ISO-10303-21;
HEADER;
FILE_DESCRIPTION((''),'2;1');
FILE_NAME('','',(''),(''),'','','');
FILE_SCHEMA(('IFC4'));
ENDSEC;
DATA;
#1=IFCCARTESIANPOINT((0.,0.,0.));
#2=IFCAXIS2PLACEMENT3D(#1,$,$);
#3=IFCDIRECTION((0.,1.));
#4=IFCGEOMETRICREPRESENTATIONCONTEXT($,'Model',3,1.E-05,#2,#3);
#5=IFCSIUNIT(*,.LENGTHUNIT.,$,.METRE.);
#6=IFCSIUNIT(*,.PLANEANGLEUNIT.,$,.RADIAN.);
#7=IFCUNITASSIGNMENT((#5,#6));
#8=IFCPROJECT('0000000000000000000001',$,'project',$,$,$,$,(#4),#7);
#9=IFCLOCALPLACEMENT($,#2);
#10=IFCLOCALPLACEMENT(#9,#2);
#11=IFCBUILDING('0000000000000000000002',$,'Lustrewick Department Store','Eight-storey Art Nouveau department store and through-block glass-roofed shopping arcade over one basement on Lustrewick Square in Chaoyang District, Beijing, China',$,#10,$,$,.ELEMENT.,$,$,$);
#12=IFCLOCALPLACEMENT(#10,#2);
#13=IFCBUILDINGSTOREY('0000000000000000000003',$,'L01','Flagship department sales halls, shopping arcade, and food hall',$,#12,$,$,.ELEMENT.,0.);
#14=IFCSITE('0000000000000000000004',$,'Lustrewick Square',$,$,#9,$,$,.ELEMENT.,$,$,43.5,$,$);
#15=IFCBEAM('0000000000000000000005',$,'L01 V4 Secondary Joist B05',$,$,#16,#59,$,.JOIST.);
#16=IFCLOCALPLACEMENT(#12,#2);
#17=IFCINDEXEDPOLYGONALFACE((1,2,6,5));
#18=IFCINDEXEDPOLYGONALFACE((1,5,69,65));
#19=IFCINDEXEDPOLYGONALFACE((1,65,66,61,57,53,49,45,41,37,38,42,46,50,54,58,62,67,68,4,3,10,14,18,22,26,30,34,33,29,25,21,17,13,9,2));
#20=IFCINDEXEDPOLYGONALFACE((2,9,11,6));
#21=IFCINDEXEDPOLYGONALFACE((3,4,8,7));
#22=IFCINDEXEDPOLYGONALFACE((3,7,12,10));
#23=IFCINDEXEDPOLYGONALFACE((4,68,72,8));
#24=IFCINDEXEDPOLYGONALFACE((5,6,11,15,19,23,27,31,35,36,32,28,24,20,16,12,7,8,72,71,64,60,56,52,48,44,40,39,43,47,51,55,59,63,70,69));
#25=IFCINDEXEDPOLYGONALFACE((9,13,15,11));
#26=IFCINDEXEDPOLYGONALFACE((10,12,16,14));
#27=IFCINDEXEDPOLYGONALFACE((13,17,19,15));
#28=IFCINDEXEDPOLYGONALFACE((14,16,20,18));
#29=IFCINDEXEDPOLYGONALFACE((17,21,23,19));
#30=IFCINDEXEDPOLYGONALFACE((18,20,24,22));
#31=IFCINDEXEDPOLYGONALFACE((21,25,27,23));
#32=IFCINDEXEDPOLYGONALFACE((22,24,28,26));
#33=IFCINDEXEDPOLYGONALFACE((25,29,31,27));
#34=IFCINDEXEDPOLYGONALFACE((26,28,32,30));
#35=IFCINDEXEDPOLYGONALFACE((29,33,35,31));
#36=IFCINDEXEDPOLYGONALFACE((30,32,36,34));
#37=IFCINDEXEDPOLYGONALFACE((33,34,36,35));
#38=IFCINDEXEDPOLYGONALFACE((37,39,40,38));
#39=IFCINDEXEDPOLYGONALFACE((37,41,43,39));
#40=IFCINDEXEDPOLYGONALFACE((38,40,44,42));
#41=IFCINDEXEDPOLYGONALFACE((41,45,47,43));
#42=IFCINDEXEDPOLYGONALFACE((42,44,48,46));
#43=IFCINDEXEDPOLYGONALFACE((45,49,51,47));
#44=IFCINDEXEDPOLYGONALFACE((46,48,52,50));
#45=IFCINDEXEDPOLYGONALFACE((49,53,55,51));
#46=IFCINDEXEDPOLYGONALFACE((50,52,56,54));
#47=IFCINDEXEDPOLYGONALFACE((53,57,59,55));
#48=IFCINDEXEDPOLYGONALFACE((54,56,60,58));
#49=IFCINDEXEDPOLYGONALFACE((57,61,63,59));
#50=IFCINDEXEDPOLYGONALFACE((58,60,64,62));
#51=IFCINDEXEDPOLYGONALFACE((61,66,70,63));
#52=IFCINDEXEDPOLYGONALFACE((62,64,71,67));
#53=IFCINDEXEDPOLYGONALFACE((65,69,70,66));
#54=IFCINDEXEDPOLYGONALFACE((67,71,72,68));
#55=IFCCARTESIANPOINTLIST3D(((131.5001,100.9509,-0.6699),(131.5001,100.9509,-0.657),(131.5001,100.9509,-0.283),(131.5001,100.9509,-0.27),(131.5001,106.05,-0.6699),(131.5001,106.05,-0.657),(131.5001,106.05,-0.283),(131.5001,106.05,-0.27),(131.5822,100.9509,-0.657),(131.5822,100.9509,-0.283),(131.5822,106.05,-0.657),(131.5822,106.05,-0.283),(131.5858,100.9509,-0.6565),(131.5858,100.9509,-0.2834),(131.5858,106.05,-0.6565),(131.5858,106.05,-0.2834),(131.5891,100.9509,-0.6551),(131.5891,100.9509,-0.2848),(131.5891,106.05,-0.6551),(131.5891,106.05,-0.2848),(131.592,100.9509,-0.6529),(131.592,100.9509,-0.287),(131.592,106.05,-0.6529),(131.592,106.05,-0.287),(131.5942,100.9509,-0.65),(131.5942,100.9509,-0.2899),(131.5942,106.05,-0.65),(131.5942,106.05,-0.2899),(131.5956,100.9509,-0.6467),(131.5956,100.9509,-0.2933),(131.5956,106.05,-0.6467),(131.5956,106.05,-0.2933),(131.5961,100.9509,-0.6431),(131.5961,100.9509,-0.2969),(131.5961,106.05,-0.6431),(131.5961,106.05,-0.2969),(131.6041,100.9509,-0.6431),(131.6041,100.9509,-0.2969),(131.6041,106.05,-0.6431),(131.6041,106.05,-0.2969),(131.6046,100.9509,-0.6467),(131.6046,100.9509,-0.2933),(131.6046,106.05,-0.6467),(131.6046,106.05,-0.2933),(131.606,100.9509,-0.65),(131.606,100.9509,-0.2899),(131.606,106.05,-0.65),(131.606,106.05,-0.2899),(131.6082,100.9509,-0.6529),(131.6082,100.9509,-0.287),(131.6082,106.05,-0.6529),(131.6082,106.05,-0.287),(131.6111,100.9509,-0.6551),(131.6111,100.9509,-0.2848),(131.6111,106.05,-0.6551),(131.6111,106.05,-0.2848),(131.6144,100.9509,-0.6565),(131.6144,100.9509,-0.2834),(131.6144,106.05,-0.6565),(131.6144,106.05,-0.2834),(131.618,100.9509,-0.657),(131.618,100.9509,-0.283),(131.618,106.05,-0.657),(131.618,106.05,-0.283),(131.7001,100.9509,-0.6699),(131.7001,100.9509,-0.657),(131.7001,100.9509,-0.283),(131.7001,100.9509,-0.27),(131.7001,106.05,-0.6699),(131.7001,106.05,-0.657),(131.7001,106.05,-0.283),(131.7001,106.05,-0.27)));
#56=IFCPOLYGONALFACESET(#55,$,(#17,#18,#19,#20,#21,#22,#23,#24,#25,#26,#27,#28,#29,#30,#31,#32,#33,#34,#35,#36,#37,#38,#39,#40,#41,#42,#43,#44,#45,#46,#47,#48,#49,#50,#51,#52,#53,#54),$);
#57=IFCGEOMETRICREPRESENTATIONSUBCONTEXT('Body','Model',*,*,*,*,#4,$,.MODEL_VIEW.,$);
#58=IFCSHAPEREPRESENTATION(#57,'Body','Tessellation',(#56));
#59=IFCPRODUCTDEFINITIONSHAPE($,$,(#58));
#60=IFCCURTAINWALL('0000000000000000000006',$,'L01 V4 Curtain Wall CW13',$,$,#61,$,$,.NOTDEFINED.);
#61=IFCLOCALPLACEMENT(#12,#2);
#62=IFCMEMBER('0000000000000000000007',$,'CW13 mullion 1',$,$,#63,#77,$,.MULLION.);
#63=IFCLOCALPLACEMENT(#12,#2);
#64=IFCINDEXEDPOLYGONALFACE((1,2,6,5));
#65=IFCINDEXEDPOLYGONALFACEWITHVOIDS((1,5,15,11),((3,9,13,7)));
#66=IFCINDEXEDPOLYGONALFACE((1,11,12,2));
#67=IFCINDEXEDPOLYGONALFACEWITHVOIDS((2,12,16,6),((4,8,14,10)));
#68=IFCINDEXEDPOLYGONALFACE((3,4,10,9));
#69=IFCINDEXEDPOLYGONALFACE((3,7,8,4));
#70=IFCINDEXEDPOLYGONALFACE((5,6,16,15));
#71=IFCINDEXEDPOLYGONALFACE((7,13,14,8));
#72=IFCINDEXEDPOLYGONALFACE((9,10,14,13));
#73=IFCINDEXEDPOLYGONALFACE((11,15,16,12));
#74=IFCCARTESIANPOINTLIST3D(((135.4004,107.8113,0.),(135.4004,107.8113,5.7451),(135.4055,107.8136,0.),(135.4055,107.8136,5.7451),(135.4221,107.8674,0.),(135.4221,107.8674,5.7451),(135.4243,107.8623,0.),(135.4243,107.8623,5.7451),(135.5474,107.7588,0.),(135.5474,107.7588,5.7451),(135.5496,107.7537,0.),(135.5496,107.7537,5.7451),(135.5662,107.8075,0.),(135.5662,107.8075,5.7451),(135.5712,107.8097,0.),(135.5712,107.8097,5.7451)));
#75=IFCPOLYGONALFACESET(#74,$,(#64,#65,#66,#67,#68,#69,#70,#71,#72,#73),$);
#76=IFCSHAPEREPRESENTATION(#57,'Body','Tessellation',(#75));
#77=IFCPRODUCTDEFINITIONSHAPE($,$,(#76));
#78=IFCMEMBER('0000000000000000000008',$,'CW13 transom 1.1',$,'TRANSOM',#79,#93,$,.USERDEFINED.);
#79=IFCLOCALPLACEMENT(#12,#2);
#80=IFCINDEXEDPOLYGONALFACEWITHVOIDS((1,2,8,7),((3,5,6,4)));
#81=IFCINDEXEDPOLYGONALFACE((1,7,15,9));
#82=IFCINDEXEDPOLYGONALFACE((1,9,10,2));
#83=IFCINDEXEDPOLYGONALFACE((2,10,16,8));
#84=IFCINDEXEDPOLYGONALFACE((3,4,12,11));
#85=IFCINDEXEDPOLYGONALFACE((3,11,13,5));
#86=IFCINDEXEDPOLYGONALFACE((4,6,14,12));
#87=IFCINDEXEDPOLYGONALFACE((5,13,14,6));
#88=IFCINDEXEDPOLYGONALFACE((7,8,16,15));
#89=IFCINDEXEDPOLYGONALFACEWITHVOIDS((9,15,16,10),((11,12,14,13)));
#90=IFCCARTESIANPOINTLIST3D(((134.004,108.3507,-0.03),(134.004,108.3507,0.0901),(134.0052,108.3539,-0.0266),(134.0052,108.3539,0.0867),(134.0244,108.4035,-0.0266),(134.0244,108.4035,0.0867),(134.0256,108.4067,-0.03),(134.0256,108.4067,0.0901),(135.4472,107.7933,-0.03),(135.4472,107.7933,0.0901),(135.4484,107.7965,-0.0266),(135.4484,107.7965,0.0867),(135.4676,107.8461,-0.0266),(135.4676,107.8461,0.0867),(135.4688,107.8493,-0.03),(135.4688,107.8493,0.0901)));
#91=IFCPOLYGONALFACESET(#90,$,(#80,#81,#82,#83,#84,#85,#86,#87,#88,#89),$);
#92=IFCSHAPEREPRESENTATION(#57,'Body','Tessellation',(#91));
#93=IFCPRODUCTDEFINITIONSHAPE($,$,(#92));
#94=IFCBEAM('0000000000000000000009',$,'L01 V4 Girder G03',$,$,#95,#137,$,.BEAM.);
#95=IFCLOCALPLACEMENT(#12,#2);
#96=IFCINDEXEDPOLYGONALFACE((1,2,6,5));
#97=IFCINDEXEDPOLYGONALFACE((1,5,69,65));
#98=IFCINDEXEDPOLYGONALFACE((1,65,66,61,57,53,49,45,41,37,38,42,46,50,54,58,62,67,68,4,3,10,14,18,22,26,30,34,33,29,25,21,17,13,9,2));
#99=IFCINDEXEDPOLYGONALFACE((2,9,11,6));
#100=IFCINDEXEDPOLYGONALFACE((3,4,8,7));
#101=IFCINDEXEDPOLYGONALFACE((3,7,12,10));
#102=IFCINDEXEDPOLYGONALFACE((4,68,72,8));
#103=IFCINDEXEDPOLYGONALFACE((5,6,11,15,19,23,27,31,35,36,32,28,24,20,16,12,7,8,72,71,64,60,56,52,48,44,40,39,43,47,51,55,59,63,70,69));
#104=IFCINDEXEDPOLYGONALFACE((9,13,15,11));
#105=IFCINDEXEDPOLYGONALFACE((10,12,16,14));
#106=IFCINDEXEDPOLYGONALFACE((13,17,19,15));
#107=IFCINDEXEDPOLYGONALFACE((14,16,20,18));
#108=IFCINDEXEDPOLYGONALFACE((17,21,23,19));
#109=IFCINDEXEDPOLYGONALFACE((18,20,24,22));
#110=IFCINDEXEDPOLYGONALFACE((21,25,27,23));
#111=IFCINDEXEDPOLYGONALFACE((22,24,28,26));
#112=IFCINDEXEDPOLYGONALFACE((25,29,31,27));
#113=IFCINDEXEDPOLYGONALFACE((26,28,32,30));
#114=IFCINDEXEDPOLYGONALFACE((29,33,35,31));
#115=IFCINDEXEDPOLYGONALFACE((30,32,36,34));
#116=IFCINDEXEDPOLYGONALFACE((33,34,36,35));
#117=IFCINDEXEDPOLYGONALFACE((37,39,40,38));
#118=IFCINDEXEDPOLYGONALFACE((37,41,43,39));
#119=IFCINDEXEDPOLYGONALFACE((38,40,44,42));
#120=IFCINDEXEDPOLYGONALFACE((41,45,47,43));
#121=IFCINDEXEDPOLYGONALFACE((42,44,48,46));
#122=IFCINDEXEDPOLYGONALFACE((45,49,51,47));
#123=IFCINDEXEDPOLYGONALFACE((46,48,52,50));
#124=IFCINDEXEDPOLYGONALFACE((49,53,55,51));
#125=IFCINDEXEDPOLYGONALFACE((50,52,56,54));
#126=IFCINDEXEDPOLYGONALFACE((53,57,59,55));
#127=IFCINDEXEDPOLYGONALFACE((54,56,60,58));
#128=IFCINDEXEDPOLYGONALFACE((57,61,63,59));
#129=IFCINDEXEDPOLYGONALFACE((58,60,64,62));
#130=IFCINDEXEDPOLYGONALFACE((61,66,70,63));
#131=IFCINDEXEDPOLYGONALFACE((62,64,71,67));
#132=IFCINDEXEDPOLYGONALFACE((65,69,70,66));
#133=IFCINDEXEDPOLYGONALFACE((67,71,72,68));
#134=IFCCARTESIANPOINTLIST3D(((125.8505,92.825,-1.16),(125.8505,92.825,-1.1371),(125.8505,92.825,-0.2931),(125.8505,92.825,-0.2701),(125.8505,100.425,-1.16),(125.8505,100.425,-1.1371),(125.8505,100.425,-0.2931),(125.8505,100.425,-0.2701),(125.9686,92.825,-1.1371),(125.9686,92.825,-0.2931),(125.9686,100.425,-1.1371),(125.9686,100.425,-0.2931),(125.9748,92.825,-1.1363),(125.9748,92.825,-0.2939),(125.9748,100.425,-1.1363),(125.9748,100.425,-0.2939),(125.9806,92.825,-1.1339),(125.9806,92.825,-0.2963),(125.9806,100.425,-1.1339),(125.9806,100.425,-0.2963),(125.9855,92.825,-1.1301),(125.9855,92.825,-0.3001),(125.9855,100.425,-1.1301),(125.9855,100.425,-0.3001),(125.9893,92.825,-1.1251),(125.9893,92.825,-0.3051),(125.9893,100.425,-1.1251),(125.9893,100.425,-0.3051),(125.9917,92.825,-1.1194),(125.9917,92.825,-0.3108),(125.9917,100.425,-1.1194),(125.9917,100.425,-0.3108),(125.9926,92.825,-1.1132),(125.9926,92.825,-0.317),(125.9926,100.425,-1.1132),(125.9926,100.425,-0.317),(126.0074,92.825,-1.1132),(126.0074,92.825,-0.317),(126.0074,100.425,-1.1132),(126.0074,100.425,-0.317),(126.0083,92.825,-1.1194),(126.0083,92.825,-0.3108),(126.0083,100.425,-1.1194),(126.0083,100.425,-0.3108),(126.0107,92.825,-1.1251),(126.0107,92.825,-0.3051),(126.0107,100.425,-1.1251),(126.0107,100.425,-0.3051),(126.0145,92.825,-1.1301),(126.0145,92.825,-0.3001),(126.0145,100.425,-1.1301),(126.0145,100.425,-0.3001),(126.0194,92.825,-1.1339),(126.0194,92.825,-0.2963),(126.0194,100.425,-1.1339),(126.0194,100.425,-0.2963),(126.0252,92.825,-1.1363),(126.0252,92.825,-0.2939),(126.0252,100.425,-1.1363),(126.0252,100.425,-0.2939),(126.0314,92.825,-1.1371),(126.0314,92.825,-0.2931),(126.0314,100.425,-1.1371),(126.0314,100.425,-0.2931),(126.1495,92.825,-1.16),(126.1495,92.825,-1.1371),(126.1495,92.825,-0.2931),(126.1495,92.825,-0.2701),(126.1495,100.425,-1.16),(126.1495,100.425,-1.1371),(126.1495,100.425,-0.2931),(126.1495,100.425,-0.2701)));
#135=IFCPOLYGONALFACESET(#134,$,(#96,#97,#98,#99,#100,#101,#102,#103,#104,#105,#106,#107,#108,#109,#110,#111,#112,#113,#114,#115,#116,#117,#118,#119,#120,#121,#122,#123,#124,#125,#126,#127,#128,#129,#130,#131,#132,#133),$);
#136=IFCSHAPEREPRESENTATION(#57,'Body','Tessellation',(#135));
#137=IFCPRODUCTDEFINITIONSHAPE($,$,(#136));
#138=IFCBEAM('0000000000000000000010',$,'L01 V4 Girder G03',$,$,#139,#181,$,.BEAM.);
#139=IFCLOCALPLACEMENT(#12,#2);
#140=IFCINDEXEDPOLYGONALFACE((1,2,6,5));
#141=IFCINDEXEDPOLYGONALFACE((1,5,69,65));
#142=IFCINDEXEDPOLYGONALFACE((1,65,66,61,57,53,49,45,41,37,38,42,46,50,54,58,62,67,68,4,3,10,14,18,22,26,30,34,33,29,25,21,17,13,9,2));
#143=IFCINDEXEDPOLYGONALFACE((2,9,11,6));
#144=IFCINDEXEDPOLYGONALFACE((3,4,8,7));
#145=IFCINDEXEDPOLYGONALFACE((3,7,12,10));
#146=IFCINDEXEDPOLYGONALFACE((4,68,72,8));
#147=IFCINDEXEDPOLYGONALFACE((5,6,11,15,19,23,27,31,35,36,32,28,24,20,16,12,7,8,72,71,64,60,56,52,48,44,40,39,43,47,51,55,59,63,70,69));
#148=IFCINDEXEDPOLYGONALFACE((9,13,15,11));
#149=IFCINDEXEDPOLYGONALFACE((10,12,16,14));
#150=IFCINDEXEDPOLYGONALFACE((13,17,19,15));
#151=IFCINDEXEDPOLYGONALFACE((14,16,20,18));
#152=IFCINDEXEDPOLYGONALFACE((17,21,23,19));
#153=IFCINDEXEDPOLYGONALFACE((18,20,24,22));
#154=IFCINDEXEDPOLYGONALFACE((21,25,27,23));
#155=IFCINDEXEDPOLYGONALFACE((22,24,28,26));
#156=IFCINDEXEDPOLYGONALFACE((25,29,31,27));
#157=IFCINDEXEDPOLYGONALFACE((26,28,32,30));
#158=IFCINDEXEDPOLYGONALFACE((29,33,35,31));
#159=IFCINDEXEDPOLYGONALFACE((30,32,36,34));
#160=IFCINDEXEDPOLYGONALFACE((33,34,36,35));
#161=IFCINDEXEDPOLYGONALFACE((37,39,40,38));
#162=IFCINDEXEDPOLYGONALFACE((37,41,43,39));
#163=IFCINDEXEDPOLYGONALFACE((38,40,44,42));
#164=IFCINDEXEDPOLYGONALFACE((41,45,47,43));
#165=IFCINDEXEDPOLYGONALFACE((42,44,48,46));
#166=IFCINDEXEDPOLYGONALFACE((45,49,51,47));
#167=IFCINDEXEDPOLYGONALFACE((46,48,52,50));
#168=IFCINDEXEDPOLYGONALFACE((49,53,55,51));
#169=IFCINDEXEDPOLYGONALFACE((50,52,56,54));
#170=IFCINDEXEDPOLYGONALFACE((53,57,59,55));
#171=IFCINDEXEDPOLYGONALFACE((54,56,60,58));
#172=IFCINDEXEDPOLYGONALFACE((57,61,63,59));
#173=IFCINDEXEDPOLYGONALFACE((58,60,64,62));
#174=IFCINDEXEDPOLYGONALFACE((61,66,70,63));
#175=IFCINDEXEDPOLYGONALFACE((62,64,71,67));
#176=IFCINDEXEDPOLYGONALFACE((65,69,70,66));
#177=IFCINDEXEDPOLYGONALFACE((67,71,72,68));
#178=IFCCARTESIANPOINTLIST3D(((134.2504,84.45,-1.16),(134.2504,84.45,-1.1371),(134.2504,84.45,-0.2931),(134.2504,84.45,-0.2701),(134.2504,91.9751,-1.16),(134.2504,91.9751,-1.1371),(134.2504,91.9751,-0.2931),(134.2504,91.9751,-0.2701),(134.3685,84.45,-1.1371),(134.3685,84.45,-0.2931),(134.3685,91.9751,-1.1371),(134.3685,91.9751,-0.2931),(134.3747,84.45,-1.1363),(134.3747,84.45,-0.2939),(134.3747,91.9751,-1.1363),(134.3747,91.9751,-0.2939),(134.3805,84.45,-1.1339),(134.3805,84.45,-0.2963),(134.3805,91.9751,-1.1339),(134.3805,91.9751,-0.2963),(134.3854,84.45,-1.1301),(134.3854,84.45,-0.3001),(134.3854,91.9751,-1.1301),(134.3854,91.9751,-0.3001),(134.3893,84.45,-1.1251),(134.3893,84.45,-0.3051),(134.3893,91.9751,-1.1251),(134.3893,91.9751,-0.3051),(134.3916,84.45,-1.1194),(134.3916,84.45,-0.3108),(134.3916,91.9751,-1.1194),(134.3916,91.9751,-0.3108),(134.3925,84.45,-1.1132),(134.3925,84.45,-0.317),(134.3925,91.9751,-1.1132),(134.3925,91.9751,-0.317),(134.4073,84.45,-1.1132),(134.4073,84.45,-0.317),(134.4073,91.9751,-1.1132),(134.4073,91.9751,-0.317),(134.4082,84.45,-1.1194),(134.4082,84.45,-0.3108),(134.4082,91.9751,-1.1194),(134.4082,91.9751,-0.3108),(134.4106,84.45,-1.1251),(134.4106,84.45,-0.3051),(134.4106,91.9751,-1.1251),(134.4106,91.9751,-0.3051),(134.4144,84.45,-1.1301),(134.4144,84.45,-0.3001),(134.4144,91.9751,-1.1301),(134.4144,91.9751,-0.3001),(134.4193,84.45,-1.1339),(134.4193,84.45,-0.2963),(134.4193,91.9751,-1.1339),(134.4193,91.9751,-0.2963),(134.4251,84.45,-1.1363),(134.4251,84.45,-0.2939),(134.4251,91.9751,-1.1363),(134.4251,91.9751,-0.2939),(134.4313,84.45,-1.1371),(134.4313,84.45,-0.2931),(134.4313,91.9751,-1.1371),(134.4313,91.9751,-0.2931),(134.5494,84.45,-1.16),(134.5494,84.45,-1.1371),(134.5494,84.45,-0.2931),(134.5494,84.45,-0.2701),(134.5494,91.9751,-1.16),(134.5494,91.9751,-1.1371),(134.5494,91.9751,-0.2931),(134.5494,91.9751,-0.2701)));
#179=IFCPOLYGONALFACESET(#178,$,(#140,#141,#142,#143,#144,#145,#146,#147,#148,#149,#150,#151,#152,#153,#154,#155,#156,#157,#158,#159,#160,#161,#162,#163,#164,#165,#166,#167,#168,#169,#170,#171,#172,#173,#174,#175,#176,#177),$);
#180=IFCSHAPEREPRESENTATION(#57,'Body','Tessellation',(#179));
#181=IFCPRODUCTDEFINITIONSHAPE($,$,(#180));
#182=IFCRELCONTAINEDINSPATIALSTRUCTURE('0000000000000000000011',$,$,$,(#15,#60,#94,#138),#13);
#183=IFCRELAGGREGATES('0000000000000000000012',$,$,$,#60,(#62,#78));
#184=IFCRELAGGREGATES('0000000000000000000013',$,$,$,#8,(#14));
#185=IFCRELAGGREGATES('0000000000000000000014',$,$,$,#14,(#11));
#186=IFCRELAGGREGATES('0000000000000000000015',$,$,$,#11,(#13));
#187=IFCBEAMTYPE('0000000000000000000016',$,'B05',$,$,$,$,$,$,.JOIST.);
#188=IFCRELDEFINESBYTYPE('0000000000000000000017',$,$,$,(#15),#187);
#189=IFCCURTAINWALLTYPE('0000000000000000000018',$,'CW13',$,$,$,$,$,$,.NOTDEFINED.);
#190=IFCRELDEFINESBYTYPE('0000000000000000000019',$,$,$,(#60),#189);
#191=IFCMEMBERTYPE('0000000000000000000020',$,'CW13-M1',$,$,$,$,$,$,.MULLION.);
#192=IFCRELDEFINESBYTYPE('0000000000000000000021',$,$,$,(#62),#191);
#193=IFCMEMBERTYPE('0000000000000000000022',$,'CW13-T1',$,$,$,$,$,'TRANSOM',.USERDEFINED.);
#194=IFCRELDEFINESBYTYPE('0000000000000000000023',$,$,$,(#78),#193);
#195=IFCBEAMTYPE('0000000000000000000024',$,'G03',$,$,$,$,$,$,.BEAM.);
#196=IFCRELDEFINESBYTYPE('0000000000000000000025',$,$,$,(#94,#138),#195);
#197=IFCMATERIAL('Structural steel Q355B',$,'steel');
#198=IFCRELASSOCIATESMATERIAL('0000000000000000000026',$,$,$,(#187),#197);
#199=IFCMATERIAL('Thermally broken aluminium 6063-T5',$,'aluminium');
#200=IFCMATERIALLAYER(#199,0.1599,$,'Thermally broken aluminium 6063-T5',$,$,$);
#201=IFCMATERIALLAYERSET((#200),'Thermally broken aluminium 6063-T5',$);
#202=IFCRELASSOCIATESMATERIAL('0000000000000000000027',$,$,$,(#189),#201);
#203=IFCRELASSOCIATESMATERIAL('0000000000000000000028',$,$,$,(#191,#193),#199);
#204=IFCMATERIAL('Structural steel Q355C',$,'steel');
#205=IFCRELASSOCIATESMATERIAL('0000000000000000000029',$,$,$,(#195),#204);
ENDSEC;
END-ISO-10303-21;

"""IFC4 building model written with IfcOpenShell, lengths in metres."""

from ifc_helpers import new_model, si_unit, direction, frame, origin, origin_2d, place, context, subcontext, project, spatial, hollow_rectangle, i_section, extrude, material, layer, layer_set, material_profile, profile_set, type_object, element, aggregate, save


model = new_model("IFC4")

# Units and contexts
model_context = context("Model", 3, precision=1e-05, world=origin(), true_north=direction((0.0, 1.0)))
body_context = subcontext(model_context, "Body", "Model", "MODEL_VIEW")
ifc_project = project(units=[si_unit("LENGTHUNIT", "METRE"), si_unit("PLANEANGLEUNIT", "RADIAN")], contexts=[model_context])

# Site, building, storey
site_placement = place(None, origin())
site = spatial("IfcSite", under=ifc_project, at=site_placement, Name="Lustrewick Square", CompositionType="ELEMENT", RefElevation=43.5)
building_placement = place(site_placement, origin())
building = spatial("IfcBuilding", under=site, at=building_placement, Name="Lustrewick Department Store", Description="Eight-storey Art Nouveau department store and through-block glass-roofed shopping arcade over one basement on Lustrewick Square in Chaoyang District, Beijing, China", CompositionType="ELEMENT")
storey_placement = place(building_placement, origin())
storey = spatial("IfcBuildingStorey", under=building, at=storey_placement, Name="L01", Description="Flagship department sales halls, shopping arcade, and food hall", CompositionType="ELEMENT", Elevation=0.0)

# Shared definitions
ifc_material_1 = material(Name="Structural steel Q355C", Category="steel")
ifc_material_2 = material(Name="Structural steel Q355B", Category="steel")

# Beam
ifc_material_profile_1 = material_profile(ifc_material_2, i_section(OverallWidth=0.2, OverallDepth=0.3999, WebThickness=0.0081, FlangeThickness=0.0129, FilletRadius=0.0139, at=origin_2d()), Name="HN 400x200x8x13")
ifc_profile_set_1 = profile_set([ifc_material_profile_1], Name="Structural steel Q355B")
beam_type_1 = type_object("IfcBeamType", Name="B05", PredefinedType="JOIST", material=ifc_profile_set_1)
beam_1_placement = place(storey_placement, frame((131.6001, 100.9509, -0.47), z_axis=(0.0, 1.0, 0.0), x_axis=(-1.0, 0.0, 0.0)))
element("IfcBeam", 1, at=beam_1_placement, inside=storey, type_object=beam_type_1, Name="L01 V4 Secondary Joist B05", PredefinedType="JOIST", context=body_context, shape_type="SweptSolid", body=[
    extrude(i_section(OverallWidth=0.2, OverallDepth=0.3999, WebThickness=0.0081, FlangeThickness=0.0129, FilletRadius=0.0139, at=origin_2d()), origin(), (0.0, 0.0, 1.0), 5.0991),
])

# Curtain wall, members
ifc_material_3 = material(Name="Thermally broken aluminium 6063-T5", Category="aluminium")
ifc_layer_1 = layer(ifc_material_3, 0.1599, Name="Thermally broken aluminium 6063-T5")
ifc_layer_set_1 = layer_set([ifc_layer_1], Name="Thermally broken aluminium 6063-T5")
curtain_wall_type = type_object("IfcCurtainWallType", Name="CW13", PredefinedType="NOTDEFINED", material=ifc_layer_set_1)
curtain_wall_placement = place(storey_placement, origin())
curtain_wall = element("IfcCurtainWall", 2, at=curtain_wall_placement, inside=storey, type_object=curtain_wall_type, Name="L01 V4 Curtain Wall CW13", PredefinedType="NOTDEFINED")
ifc_material_profile_2 = material_profile(ifc_material_3, hollow_rectangle(XDim=0.0601, YDim=0.1599, WallThickness=0.0039, at=origin_2d()), Name="ALU-M 60x160x4")
ifc_profile_set_2 = profile_set([ifc_material_profile_2], Name="Thermally broken aluminium 6063-T5")
member_type_1 = type_object("IfcMemberType", Name="CW13-M1", PredefinedType="MULLION", material=ifc_profile_set_2)
member_1_placement = place(storey_placement, frame((135.4858, 107.8105, 0.0), z_axis=(0.0, 0.0, 1.0), x_axis=(-0.36037, -0.93281, 0.0)))
member_1 = element("IfcMember", 3, at=member_1_placement, type_object=member_type_1, Name="CW13 mullion 1", PredefinedType="MULLION", context=body_context, shape_type="SweptSolid", body=[
    extrude(hollow_rectangle(XDim=0.0601, YDim=0.1599, WallThickness=0.0039, at=origin_2d()), origin(), (0.0, 0.0, 1.0), 5.7451),
])
ifc_material_profile_3 = material_profile(ifc_material_3, hollow_rectangle(XDim=0.0601, YDim=0.1201, WallThickness=0.0034, at=origin_2d()), Name="ALU-T 60x120x3.5")
ifc_profile_set_3 = profile_set([ifc_material_profile_3], Name="Thermally broken aluminium 6063-T5")
member_type_2 = type_object("IfcMemberType", Name="CW13-T1", ElementType="TRANSOM", PredefinedType="USERDEFINED", material=ifc_profile_set_3)
member_2_placement = place(storey_placement, frame((135.458, 107.8213, 0.03), z_axis=(-0.93284, 0.36029, 0.0), x_axis=(-0.36029, -0.93284, 0.0)))
member_2 = element("IfcMember", 4, at=member_2_placement, type_object=member_type_2, Name="CW13 transom 1.1", ObjectType="TRANSOM", PredefinedType="USERDEFINED", context=body_context, shape_type="SweptSolid", body=[
    extrude(hollow_rectangle(XDim=0.0601, YDim=0.1201, WallThickness=0.0034, at=origin_2d()), origin(), (0.0, 0.0, 1.0), 1.5471),
])
aggregate(curtain_wall, [member_1, member_2])

# Beams
ifc_material_profile_4 = material_profile(ifc_material_1, i_section(OverallWidth=0.2991, OverallDepth=0.8899, WebThickness=0.0149, FlangeThickness=0.0229, FilletRadius=0.0239, at=origin_2d()), Name="HN 890x299x15x23")
ifc_profile_set_4 = profile_set([ifc_material_profile_4], Name="Structural steel Q355C")
beam_type_2 = type_object("IfcBeamType", Name="G03", PredefinedType="BEAM", material=ifc_profile_set_4)
beam_2_placement = place(storey_placement, frame((126.0, 92.825, -0.7151), z_axis=(0.0, 1.0, 0.0), x_axis=(-1.0, 0.0, 0.0)))
element("IfcBeam", 5, at=beam_2_placement, inside=storey, type_object=beam_type_2, Name="L01 V4 Girder G03", PredefinedType="BEAM", context=body_context, shape_type="SweptSolid", body=[
    extrude(i_section(OverallWidth=0.2991, OverallDepth=0.8899, WebThickness=0.0149, FlangeThickness=0.0229, FilletRadius=0.0239, at=origin_2d()), origin(), (0.0, 0.0, 1.0), 7.6001),
])
beam_3_placement = place(storey_placement, frame((134.3999, 84.45, -0.7151), z_axis=(0.0, 1.0, 0.0), x_axis=(-1.0, 0.0, 0.0)))
element("IfcBeam", 6, at=beam_3_placement, inside=storey, type_object=beam_type_2, Name="L01 V4 Girder G03", PredefinedType="BEAM", context=body_context, shape_type="SweptSolid", body=[
    extrude(i_section(OverallWidth=0.2991, OverallDepth=0.8899, WebThickness=0.0149, FlangeThickness=0.0229, FilletRadius=0.0239, at=origin_2d()), origin(), (0.0, 0.0, 1.0), 7.5251),
])

save(model, "model.ifc")
